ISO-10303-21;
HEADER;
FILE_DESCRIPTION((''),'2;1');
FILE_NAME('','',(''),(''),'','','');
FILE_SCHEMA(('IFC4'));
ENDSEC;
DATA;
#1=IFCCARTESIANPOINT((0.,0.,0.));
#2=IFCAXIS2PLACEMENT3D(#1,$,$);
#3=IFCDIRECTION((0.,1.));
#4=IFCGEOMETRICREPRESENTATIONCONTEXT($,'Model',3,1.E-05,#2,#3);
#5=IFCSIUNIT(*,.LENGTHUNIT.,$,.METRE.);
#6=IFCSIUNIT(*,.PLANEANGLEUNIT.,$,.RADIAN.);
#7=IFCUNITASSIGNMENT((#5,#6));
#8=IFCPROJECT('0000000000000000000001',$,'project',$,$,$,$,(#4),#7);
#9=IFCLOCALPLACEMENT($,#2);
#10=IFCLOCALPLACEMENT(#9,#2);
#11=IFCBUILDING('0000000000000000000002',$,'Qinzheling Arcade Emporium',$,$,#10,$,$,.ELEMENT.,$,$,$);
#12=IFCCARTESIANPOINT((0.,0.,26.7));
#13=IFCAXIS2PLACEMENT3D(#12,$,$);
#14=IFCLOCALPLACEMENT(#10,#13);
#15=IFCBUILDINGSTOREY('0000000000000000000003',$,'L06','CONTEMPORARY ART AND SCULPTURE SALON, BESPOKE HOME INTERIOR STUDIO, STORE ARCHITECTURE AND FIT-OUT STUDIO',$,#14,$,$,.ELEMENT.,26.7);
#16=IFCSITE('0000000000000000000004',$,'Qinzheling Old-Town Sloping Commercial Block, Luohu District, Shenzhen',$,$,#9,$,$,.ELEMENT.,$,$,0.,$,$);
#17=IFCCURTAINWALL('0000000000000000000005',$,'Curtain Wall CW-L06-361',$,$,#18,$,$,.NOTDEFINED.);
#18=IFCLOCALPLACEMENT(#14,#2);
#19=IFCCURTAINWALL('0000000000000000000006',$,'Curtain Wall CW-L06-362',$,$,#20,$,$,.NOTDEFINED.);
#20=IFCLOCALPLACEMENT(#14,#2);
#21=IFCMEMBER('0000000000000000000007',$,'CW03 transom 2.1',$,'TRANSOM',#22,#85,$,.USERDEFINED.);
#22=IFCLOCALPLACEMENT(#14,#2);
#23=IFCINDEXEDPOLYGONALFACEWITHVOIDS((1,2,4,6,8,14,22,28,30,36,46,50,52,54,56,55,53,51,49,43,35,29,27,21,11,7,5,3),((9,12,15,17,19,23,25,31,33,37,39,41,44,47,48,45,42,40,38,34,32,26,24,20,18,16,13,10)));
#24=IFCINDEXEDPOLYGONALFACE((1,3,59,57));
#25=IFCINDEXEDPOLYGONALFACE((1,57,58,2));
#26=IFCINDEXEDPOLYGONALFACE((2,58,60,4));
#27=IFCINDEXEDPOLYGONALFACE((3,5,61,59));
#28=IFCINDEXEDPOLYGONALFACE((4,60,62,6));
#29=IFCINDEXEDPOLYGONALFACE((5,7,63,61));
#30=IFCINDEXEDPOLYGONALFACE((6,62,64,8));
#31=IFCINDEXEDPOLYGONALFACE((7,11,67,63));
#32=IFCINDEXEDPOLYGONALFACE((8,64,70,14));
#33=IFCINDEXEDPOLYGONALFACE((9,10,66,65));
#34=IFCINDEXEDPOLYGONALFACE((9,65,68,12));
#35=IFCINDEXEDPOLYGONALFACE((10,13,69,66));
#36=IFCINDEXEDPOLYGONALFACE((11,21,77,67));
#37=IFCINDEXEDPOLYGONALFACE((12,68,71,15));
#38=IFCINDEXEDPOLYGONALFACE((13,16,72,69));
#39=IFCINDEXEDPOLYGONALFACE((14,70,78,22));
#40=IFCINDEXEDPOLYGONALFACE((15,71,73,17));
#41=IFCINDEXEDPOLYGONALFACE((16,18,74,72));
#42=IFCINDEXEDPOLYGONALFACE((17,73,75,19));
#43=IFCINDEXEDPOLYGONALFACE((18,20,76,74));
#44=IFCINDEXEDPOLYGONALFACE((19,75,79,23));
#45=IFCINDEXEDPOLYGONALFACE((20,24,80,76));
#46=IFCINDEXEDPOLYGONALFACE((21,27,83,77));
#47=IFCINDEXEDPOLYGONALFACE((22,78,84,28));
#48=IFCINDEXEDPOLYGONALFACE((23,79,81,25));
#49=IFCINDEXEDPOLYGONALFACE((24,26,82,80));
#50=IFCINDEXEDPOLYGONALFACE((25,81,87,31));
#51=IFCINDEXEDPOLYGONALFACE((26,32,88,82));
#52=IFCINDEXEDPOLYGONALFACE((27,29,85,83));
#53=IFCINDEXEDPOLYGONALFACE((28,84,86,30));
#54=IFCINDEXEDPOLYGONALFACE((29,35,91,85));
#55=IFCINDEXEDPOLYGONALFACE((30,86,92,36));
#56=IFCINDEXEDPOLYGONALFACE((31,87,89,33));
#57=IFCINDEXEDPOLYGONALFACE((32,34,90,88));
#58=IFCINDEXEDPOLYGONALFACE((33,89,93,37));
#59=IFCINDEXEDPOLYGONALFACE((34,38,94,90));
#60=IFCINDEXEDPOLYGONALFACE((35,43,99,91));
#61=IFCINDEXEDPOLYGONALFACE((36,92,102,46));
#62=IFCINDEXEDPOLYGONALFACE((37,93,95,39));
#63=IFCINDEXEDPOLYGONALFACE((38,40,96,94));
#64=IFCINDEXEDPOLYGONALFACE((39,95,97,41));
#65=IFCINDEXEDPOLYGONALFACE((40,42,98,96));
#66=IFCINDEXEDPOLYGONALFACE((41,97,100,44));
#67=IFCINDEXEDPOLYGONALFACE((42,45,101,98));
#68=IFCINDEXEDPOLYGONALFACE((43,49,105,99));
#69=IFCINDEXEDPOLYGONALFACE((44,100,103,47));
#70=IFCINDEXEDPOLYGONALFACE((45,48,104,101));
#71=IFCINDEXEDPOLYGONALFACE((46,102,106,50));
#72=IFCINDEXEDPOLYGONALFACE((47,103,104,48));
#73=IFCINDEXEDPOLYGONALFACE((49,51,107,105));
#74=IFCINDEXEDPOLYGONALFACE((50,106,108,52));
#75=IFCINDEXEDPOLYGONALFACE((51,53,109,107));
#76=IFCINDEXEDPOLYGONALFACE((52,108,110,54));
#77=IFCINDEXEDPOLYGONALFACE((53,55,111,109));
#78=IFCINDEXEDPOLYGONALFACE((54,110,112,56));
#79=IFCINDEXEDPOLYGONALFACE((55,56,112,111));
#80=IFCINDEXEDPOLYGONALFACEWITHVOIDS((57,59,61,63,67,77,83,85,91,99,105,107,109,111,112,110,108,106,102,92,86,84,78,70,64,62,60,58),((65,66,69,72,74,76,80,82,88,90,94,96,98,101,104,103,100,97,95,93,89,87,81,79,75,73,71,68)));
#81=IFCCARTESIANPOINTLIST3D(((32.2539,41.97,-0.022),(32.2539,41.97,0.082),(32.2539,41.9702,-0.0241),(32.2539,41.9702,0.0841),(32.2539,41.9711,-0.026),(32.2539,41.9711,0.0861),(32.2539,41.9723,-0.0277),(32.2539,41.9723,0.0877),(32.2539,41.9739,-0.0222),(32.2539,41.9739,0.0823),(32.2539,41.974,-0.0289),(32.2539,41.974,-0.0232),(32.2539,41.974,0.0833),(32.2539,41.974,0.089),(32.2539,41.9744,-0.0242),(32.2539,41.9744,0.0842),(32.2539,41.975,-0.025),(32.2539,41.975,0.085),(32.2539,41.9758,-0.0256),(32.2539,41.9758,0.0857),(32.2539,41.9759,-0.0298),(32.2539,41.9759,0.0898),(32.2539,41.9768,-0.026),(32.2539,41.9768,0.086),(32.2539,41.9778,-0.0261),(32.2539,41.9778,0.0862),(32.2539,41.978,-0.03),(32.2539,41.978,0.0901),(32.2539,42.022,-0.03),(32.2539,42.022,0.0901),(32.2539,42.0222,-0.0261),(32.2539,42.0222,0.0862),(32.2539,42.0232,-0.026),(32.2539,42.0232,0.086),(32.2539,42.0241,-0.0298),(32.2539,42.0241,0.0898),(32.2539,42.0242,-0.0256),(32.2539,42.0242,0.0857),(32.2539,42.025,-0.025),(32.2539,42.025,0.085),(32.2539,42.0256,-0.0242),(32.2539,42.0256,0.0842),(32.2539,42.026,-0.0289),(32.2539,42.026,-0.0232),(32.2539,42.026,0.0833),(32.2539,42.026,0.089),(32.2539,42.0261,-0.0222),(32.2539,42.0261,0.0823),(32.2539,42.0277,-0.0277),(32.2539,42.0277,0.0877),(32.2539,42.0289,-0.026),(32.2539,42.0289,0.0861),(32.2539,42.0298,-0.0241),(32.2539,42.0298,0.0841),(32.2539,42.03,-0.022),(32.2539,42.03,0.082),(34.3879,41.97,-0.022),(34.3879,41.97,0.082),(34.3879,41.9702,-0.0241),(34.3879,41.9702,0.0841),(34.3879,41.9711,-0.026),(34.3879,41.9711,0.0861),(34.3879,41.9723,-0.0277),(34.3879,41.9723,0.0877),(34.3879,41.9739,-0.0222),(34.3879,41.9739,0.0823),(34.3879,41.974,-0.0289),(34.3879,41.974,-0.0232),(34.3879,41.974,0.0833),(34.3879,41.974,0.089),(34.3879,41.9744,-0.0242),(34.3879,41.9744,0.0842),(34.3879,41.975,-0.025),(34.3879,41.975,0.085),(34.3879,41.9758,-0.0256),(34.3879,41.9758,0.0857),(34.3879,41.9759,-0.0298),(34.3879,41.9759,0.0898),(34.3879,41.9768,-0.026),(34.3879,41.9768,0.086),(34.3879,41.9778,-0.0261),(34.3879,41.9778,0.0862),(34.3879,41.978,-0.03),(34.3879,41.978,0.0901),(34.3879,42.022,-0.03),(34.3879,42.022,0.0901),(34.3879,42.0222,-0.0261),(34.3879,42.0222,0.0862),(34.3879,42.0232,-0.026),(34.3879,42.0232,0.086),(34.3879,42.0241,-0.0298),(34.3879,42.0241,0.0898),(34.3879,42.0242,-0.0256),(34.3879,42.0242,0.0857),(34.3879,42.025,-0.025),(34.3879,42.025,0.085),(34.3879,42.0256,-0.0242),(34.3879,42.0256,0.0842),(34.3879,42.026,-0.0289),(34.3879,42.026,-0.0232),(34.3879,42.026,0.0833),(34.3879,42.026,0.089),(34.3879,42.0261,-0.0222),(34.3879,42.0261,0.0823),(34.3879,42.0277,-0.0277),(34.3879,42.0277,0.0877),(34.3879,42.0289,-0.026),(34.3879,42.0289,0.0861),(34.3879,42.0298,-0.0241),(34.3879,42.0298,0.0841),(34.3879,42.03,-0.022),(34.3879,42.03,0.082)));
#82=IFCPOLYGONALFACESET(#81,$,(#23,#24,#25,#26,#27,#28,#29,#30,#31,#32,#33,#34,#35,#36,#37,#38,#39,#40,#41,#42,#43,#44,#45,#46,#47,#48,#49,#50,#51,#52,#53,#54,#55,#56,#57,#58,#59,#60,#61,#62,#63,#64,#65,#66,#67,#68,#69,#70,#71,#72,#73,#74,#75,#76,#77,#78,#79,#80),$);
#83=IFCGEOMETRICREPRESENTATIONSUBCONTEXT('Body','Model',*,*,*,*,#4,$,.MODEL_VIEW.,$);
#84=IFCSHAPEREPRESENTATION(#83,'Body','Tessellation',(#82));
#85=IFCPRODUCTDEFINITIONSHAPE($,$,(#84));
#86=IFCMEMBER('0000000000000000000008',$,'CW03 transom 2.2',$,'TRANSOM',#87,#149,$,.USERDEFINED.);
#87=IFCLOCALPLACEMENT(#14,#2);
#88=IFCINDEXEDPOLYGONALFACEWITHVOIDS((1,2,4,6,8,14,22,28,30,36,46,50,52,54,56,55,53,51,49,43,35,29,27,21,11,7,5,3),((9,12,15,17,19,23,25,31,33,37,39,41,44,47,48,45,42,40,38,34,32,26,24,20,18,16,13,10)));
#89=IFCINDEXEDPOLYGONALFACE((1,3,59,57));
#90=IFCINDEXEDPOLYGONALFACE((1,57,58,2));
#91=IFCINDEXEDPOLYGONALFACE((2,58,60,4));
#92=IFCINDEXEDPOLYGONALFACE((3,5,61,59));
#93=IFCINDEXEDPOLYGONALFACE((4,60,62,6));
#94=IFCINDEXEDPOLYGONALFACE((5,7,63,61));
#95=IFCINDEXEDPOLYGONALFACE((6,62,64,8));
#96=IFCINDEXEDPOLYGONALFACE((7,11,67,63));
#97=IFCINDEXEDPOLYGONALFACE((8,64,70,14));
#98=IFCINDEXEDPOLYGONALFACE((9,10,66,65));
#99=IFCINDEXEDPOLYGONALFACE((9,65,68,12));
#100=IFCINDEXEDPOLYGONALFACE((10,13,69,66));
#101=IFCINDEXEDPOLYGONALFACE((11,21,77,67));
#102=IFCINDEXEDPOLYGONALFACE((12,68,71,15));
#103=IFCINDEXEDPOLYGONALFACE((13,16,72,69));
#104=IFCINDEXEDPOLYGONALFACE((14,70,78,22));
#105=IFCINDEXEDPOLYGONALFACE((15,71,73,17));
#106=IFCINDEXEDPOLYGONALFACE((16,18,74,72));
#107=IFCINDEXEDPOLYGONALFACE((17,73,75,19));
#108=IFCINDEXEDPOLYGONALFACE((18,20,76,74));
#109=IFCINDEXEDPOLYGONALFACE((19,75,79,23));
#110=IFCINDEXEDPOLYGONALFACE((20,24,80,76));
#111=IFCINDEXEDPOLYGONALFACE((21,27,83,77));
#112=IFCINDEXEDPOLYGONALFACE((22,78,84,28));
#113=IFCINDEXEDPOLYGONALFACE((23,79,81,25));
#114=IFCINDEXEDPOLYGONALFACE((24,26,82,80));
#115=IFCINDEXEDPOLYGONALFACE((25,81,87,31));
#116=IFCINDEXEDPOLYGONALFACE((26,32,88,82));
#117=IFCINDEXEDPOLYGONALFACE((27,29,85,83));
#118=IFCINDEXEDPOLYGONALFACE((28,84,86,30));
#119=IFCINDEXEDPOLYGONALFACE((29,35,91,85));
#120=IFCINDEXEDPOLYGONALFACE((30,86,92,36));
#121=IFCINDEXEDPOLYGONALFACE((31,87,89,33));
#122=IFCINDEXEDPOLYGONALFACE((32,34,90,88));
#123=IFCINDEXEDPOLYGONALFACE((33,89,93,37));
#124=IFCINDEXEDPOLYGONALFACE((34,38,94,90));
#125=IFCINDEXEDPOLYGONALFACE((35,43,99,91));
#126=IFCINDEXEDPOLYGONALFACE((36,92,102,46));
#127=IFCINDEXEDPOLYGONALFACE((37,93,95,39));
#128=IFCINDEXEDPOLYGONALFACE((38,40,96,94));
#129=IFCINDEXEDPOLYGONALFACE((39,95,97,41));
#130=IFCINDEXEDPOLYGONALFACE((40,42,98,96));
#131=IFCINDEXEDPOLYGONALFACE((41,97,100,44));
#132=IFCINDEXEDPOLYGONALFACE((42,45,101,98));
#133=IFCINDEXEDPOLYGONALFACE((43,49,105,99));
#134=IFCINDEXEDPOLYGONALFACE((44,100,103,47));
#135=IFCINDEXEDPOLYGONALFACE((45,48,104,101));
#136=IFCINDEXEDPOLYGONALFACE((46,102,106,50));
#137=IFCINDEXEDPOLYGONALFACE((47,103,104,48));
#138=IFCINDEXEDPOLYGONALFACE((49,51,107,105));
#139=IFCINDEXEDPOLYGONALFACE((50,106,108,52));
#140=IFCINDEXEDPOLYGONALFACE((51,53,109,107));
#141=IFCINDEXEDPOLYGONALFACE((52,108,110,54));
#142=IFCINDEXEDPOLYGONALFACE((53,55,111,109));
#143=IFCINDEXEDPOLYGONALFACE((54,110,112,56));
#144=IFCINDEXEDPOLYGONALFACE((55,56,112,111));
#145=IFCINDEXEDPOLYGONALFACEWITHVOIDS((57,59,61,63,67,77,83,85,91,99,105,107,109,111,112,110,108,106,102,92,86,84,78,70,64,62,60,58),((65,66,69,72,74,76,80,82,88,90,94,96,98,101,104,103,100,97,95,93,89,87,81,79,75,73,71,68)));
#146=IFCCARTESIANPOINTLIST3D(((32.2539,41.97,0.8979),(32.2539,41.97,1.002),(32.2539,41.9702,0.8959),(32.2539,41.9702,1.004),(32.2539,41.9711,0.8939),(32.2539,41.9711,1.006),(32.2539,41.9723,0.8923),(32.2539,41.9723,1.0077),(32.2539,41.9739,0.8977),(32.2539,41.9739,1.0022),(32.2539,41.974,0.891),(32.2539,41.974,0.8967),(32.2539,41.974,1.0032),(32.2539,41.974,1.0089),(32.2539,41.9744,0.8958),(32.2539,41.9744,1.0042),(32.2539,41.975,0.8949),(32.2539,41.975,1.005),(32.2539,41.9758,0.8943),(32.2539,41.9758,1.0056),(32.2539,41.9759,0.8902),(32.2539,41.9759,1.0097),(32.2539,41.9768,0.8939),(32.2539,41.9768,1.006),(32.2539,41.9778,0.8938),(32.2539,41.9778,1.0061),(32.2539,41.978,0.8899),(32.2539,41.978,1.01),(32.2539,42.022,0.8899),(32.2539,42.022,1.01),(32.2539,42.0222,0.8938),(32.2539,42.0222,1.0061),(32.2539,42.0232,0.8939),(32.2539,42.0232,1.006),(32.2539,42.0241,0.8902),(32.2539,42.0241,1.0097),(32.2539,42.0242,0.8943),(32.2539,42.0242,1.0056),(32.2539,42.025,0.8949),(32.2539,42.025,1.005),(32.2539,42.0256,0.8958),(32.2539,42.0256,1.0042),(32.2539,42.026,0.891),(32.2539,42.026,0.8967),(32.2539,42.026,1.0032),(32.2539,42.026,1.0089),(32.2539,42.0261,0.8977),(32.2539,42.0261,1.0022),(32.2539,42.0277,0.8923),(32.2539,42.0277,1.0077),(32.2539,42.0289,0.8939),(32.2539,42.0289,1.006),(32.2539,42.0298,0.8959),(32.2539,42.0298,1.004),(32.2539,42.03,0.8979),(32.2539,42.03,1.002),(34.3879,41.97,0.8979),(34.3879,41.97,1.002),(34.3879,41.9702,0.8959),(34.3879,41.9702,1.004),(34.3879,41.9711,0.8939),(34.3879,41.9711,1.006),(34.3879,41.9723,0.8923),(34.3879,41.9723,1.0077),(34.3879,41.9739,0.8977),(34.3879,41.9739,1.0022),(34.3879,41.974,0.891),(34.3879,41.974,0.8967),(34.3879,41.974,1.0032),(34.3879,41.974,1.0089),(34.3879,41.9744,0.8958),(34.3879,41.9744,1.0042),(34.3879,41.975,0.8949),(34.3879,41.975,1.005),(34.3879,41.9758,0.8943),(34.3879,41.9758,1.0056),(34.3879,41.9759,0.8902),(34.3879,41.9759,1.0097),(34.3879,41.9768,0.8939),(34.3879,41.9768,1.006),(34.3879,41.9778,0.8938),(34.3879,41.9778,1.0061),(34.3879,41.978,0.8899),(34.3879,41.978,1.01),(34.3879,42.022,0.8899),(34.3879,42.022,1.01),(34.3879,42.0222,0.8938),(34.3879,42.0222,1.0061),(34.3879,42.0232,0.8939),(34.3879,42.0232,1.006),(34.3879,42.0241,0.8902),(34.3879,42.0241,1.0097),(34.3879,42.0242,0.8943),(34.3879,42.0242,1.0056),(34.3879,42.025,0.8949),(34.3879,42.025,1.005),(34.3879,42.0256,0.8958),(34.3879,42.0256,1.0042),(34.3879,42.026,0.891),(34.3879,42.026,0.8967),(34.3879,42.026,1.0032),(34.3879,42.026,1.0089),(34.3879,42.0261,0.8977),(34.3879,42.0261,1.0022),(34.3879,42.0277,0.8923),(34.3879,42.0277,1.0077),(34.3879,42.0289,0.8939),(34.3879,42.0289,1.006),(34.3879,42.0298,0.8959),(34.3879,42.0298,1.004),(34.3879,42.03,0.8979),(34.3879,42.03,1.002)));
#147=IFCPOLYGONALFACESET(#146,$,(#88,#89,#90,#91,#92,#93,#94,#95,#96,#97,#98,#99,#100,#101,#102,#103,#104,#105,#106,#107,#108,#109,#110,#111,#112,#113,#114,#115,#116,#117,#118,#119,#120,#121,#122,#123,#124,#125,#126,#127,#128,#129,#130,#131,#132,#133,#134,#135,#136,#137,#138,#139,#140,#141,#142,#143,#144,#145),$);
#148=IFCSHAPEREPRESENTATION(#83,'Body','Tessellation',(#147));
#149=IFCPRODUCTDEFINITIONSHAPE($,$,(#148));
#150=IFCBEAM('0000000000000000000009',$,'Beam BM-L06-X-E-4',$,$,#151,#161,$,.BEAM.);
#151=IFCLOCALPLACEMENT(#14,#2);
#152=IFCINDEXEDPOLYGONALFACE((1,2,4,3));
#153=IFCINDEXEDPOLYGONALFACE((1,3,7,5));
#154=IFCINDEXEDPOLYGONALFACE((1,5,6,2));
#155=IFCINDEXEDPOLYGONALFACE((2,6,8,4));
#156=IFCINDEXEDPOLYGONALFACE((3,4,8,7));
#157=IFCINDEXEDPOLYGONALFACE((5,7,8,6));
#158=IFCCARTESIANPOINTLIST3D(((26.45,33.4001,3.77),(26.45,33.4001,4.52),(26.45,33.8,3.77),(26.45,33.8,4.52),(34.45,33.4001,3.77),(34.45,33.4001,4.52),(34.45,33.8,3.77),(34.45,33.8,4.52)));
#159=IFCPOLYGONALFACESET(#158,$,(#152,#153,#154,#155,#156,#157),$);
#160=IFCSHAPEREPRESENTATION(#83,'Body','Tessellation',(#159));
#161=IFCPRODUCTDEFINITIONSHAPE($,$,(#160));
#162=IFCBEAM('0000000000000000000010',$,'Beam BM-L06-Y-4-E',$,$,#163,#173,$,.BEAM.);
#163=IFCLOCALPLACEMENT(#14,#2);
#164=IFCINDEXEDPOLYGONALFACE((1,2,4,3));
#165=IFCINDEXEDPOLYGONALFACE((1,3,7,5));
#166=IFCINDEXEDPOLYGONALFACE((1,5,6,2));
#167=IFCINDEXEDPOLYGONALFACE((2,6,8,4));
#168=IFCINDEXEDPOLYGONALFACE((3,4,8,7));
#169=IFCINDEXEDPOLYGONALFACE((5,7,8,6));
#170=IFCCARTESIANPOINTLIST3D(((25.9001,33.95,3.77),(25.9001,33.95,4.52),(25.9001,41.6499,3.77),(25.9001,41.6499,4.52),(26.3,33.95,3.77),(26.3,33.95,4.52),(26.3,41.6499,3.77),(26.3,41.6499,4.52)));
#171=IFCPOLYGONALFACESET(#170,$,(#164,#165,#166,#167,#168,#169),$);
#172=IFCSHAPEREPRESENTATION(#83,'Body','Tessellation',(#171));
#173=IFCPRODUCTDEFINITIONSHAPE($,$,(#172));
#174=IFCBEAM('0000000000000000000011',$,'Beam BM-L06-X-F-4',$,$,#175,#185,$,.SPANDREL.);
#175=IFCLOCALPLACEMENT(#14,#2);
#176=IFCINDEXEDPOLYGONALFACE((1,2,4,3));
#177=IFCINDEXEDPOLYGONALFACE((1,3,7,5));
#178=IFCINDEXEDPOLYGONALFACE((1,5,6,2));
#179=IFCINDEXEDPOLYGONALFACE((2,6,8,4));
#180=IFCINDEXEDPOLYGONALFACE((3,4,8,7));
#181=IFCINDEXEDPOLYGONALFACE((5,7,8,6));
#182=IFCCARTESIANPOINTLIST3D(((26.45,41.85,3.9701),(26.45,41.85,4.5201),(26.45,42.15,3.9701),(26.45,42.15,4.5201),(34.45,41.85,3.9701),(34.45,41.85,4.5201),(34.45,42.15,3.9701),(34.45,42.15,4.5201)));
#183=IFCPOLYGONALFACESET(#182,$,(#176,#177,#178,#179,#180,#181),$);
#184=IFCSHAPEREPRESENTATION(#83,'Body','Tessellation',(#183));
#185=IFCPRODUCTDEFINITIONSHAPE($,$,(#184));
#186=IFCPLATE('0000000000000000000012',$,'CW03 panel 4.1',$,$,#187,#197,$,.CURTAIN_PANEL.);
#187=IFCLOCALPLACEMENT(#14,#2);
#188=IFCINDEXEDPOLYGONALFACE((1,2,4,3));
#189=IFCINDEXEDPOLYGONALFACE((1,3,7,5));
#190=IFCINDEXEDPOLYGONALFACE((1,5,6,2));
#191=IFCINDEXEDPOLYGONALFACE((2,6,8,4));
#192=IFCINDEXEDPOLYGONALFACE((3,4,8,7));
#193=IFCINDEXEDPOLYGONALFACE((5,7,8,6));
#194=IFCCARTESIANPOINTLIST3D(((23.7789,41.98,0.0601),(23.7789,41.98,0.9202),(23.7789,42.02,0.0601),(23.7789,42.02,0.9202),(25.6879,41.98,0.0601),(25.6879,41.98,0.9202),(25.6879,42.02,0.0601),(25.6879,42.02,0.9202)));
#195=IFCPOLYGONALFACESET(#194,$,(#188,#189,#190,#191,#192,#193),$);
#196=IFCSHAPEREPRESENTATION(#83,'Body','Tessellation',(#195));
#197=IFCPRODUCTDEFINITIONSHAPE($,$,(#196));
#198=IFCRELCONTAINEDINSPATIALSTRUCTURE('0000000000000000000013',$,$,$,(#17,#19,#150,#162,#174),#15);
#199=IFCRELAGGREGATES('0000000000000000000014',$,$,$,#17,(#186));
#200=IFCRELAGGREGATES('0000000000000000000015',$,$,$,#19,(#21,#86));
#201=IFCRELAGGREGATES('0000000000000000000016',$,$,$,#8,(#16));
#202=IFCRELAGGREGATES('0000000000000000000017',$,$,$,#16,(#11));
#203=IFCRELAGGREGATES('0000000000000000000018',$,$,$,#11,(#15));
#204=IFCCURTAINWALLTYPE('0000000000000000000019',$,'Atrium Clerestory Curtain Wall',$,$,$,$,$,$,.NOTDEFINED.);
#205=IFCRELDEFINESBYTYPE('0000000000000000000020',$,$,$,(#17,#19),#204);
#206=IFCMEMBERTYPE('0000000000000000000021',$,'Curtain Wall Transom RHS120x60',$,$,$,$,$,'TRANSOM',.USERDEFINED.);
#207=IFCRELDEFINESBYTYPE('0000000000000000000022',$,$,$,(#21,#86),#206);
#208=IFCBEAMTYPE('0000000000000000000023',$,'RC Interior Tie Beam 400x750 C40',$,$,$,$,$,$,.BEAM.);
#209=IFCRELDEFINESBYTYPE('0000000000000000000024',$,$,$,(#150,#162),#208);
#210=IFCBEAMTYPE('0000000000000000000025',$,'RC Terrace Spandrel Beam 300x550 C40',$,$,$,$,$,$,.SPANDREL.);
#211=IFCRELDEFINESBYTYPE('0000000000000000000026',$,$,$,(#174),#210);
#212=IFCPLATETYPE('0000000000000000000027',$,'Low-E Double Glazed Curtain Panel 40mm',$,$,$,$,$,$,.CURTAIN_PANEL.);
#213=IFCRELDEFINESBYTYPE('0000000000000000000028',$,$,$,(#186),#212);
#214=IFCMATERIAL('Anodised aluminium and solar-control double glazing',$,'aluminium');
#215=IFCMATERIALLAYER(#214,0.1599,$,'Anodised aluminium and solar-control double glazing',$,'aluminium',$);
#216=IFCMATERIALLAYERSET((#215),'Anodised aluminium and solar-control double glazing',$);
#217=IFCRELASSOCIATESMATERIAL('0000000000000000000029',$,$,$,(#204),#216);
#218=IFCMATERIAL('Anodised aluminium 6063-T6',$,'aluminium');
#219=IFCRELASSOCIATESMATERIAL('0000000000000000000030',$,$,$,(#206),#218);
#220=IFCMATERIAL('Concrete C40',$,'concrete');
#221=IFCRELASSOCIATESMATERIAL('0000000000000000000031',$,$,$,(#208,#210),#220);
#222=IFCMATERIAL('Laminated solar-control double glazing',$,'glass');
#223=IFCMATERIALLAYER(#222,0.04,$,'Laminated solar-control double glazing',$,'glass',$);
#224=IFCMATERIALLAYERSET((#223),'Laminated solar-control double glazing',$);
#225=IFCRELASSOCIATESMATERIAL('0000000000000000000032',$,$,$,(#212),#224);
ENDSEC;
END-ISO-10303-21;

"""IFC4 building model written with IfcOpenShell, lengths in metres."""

from ifc_helpers import new_model, si_unit, direction, frame, origin, origin_2d, place, context, subcontext, project, spatial, rectangle, hollow_rectangle, extrude, material, layer, layer_set, material_profile, profile_set, type_object, element, aggregate, save


model = new_model("IFC4")

# Units and contexts
model_context = context("Model", 3, precision=1e-05, world=origin(), true_north=direction((0.0, 1.0)))
body_context = subcontext(model_context, "Body", "Model", "MODEL_VIEW")
ifc_project = project(units=[si_unit("LENGTHUNIT", "METRE"), si_unit("PLANEANGLEUNIT", "RADIAN")], contexts=[model_context])

# Site, building, storey
site_placement = place(None, origin())
site = spatial("IfcSite", under=ifc_project, at=site_placement, Name="Qinzheling Old-Town Sloping Commercial Block, Luohu District, Shenzhen", CompositionType="ELEMENT", RefElevation=0.0)
building_placement = place(site_placement, origin())
building = spatial("IfcBuilding", under=site, at=building_placement, Name="Qinzheling Arcade Emporium", CompositionType="ELEMENT")
storey_placement = place(building_placement, frame((0.0, 0.0, 26.7)))
storey = spatial("IfcBuildingStorey", under=building, at=storey_placement, Name="L06", Description="CONTEMPORARY ART AND SCULPTURE SALON, BESPOKE HOME INTERIOR STUDIO, STORE ARCHITECTURE AND FIT-OUT STUDIO", CompositionType="ELEMENT", Elevation=26.7)

# Shared definitions
ifc_material_1 = material(Name="Concrete C40", Category="concrete")

# Curtain wall
ifc_material_2 = material(Name="Anodised aluminium and solar-control double glazing", Category="aluminium")
ifc_layer_1 = layer(ifc_material_2, 0.1599, Name="Anodised aluminium and solar-control double glazing", Category="aluminium")
ifc_layer_set_1 = layer_set([ifc_layer_1], Name="Anodised aluminium and solar-control double glazing")
curtain_wall_type = type_object("IfcCurtainWallType", Name="Atrium Clerestory Curtain Wall", PredefinedType="NOTDEFINED", material=ifc_layer_set_1)
curtain_wall_1_placement = place(storey_placement, origin())
curtain_wall_1 = element("IfcCurtainWall", 1, at=curtain_wall_1_placement, inside=storey, type_object=curtain_wall_type, Name="Curtain Wall CW-L06-361", PredefinedType="NOTDEFINED")
ifc_material_3 = material(Name="Anodised aluminium 6063-T6", Category="aluminium")

# Curtain wall
curtain_wall_2_placement = place(storey_placement, origin())
curtain_wall_2 = element("IfcCurtainWall", 2, at=curtain_wall_2_placement, inside=storey, type_object=curtain_wall_type, Name="Curtain Wall CW-L06-362", PredefinedType="NOTDEFINED")

# Members
ifc_material_profile_1 = material_profile(ifc_material_3, hollow_rectangle(XDim=0.0601, YDim=0.1201, WallThickness=0.0039, InnerFilletRadius=0.0039, OuterFilletRadius=0.0081, at=origin_2d()), Name="RHS 120x60x4", Category="aluminium")
ifc_profile_set_1 = profile_set([ifc_material_profile_1], Name="Anodised aluminium 6063-T6")
member_type_1 = type_object("IfcMemberType", Name="Curtain Wall Transom RHS120x60", ElementType="TRANSOM", PredefinedType="USERDEFINED", material=ifc_profile_set_1)
member_1_placement = place(storey_placement, frame((32.2539, 42.0, 0.03), z_axis=(1.0, 0.0, 0.0), x_axis=(0.0, 1.0, 0.0)))
member_1 = element("IfcMember", 3, at=member_1_placement, type_object=member_type_1, Name="CW03 transom 2.1", ObjectType="TRANSOM", PredefinedType="USERDEFINED", context=body_context, shape_type="SweptSolid", body=[
    extrude(hollow_rectangle(XDim=0.0601, YDim=0.1201, WallThickness=0.0039, InnerFilletRadius=0.0039, OuterFilletRadius=0.0081, at=origin_2d()), origin(), (0.0, 0.0, 1.0), 2.134),
])
member_2_placement = place(storey_placement, frame((32.2539, 42.0, 0.95), z_axis=(1.0, 0.0, 0.0), x_axis=(0.0, 1.0, 0.0)))
member_2 = element("IfcMember", 4, at=member_2_placement, type_object=member_type_1, Name="CW03 transom 2.2", ObjectType="TRANSOM", PredefinedType="USERDEFINED", context=body_context, shape_type="SweptSolid", body=[
    extrude(hollow_rectangle(XDim=0.0601, YDim=0.1201, WallThickness=0.0039, InnerFilletRadius=0.0039, OuterFilletRadius=0.0081, at=origin_2d()), origin(), (0.0, 0.0, 1.0), 2.134),
])

# Beams
ifc_material_profile_2 = material_profile(ifc_material_1, rectangle(XDim=0.3999, YDim=0.75, at=origin_2d()), Name="RC 400x750", Category="concrete")
ifc_profile_set_2 = profile_set([ifc_material_profile_2], Name="Concrete C40")
beam_type_1 = type_object("IfcBeamType", Name="RC Interior Tie Beam 400x750 C40", PredefinedType="BEAM", material=ifc_profile_set_2)
beam_1_placement = place(storey_placement, frame((26.45, 33.6001, 4.145), z_axis=(1.0, 0.0, 0.0), x_axis=(0.0, 1.0, 0.0)))
element("IfcBeam", 5, at=beam_1_placement, inside=storey, type_object=beam_type_1, Name="Beam BM-L06-X-E-4", PredefinedType="BEAM", context=body_context, shape_type="SweptSolid", body=[
    extrude(rectangle(XDim=0.3999, YDim=0.75, at=origin_2d()), origin(), (0.0, 0.0, 1.0), 8.0),
])
beam_2_placement = place(storey_placement, frame((26.1001, 33.95, 4.145), z_axis=(0.0, 1.0, 0.0), x_axis=(-1.0, 0.0, 0.0)))
element("IfcBeam", 6, at=beam_2_placement, inside=storey, type_object=beam_type_1, Name="Beam BM-L06-Y-4-E", PredefinedType="BEAM", context=body_context, shape_type="SweptSolid", body=[
    extrude(rectangle(XDim=0.3999, YDim=0.75, at=origin_2d()), origin(), (0.0, 0.0, 1.0), 7.7),
])
ifc_material_profile_3 = material_profile(ifc_material_1, rectangle(XDim=0.3, YDim=0.55, at=origin_2d()), Name="RC 300x550", Category="concrete")
ifc_profile_set_3 = profile_set([ifc_material_profile_3], Name="Concrete C40")
beam_type_2 = type_object("IfcBeamType", Name="RC Terrace Spandrel Beam 300x550 C40", PredefinedType="SPANDREL", material=ifc_profile_set_3)
beam_3_placement = place(storey_placement, frame((26.45, 42.0, 4.2451), z_axis=(1.0, 0.0, 0.0), x_axis=(0.0, 1.0, 0.0)))
element("IfcBeam", 7, at=beam_3_placement, inside=storey, type_object=beam_type_2, Name="Beam BM-L06-X-F-4", PredefinedType="SPANDREL", context=body_context, shape_type="SweptSolid", body=[
    extrude(rectangle(XDim=0.3, YDim=0.55, at=origin_2d()), origin(), (0.0, 0.0, 1.0), 8.0),
])

# Plate
ifc_material_4 = material(Name="Laminated solar-control double glazing", Category="glass")
ifc_layer_2 = layer(ifc_material_4, 0.04, Name="Laminated solar-control double glazing", Category="glass")
ifc_layer_set_2 = layer_set([ifc_layer_2], Name="Laminated solar-control double glazing")
plate_type_1 = type_object("IfcPlateType", Name="Low-E Double Glazed Curtain Panel 40mm", PredefinedType="CURTAIN_PANEL", material=ifc_layer_set_2)
plate_1_placement = place(storey_placement, frame((24.7334, 42.0, 0.0601), z_axis=(0.0, 0.0, 1.0), x_axis=(1.0, 0.0, 0.0)))
plate_1 = element("IfcPlate", 8, at=plate_1_placement, type_object=plate_type_1, Name="CW03 panel 4.1", PredefinedType="CURTAIN_PANEL", context=body_context, shape_type="SweptSolid", body=[
    extrude(rectangle(XDim=1.9089, YDim=0.04, at=origin_2d()), origin(), (0.0, 0.0, 1.0), 0.8601),
])
aggregate(curtain_wall_1, [plate_1])
aggregate(curtain_wall_2, [member_1, member_2])

save(model, "model.ifc")
